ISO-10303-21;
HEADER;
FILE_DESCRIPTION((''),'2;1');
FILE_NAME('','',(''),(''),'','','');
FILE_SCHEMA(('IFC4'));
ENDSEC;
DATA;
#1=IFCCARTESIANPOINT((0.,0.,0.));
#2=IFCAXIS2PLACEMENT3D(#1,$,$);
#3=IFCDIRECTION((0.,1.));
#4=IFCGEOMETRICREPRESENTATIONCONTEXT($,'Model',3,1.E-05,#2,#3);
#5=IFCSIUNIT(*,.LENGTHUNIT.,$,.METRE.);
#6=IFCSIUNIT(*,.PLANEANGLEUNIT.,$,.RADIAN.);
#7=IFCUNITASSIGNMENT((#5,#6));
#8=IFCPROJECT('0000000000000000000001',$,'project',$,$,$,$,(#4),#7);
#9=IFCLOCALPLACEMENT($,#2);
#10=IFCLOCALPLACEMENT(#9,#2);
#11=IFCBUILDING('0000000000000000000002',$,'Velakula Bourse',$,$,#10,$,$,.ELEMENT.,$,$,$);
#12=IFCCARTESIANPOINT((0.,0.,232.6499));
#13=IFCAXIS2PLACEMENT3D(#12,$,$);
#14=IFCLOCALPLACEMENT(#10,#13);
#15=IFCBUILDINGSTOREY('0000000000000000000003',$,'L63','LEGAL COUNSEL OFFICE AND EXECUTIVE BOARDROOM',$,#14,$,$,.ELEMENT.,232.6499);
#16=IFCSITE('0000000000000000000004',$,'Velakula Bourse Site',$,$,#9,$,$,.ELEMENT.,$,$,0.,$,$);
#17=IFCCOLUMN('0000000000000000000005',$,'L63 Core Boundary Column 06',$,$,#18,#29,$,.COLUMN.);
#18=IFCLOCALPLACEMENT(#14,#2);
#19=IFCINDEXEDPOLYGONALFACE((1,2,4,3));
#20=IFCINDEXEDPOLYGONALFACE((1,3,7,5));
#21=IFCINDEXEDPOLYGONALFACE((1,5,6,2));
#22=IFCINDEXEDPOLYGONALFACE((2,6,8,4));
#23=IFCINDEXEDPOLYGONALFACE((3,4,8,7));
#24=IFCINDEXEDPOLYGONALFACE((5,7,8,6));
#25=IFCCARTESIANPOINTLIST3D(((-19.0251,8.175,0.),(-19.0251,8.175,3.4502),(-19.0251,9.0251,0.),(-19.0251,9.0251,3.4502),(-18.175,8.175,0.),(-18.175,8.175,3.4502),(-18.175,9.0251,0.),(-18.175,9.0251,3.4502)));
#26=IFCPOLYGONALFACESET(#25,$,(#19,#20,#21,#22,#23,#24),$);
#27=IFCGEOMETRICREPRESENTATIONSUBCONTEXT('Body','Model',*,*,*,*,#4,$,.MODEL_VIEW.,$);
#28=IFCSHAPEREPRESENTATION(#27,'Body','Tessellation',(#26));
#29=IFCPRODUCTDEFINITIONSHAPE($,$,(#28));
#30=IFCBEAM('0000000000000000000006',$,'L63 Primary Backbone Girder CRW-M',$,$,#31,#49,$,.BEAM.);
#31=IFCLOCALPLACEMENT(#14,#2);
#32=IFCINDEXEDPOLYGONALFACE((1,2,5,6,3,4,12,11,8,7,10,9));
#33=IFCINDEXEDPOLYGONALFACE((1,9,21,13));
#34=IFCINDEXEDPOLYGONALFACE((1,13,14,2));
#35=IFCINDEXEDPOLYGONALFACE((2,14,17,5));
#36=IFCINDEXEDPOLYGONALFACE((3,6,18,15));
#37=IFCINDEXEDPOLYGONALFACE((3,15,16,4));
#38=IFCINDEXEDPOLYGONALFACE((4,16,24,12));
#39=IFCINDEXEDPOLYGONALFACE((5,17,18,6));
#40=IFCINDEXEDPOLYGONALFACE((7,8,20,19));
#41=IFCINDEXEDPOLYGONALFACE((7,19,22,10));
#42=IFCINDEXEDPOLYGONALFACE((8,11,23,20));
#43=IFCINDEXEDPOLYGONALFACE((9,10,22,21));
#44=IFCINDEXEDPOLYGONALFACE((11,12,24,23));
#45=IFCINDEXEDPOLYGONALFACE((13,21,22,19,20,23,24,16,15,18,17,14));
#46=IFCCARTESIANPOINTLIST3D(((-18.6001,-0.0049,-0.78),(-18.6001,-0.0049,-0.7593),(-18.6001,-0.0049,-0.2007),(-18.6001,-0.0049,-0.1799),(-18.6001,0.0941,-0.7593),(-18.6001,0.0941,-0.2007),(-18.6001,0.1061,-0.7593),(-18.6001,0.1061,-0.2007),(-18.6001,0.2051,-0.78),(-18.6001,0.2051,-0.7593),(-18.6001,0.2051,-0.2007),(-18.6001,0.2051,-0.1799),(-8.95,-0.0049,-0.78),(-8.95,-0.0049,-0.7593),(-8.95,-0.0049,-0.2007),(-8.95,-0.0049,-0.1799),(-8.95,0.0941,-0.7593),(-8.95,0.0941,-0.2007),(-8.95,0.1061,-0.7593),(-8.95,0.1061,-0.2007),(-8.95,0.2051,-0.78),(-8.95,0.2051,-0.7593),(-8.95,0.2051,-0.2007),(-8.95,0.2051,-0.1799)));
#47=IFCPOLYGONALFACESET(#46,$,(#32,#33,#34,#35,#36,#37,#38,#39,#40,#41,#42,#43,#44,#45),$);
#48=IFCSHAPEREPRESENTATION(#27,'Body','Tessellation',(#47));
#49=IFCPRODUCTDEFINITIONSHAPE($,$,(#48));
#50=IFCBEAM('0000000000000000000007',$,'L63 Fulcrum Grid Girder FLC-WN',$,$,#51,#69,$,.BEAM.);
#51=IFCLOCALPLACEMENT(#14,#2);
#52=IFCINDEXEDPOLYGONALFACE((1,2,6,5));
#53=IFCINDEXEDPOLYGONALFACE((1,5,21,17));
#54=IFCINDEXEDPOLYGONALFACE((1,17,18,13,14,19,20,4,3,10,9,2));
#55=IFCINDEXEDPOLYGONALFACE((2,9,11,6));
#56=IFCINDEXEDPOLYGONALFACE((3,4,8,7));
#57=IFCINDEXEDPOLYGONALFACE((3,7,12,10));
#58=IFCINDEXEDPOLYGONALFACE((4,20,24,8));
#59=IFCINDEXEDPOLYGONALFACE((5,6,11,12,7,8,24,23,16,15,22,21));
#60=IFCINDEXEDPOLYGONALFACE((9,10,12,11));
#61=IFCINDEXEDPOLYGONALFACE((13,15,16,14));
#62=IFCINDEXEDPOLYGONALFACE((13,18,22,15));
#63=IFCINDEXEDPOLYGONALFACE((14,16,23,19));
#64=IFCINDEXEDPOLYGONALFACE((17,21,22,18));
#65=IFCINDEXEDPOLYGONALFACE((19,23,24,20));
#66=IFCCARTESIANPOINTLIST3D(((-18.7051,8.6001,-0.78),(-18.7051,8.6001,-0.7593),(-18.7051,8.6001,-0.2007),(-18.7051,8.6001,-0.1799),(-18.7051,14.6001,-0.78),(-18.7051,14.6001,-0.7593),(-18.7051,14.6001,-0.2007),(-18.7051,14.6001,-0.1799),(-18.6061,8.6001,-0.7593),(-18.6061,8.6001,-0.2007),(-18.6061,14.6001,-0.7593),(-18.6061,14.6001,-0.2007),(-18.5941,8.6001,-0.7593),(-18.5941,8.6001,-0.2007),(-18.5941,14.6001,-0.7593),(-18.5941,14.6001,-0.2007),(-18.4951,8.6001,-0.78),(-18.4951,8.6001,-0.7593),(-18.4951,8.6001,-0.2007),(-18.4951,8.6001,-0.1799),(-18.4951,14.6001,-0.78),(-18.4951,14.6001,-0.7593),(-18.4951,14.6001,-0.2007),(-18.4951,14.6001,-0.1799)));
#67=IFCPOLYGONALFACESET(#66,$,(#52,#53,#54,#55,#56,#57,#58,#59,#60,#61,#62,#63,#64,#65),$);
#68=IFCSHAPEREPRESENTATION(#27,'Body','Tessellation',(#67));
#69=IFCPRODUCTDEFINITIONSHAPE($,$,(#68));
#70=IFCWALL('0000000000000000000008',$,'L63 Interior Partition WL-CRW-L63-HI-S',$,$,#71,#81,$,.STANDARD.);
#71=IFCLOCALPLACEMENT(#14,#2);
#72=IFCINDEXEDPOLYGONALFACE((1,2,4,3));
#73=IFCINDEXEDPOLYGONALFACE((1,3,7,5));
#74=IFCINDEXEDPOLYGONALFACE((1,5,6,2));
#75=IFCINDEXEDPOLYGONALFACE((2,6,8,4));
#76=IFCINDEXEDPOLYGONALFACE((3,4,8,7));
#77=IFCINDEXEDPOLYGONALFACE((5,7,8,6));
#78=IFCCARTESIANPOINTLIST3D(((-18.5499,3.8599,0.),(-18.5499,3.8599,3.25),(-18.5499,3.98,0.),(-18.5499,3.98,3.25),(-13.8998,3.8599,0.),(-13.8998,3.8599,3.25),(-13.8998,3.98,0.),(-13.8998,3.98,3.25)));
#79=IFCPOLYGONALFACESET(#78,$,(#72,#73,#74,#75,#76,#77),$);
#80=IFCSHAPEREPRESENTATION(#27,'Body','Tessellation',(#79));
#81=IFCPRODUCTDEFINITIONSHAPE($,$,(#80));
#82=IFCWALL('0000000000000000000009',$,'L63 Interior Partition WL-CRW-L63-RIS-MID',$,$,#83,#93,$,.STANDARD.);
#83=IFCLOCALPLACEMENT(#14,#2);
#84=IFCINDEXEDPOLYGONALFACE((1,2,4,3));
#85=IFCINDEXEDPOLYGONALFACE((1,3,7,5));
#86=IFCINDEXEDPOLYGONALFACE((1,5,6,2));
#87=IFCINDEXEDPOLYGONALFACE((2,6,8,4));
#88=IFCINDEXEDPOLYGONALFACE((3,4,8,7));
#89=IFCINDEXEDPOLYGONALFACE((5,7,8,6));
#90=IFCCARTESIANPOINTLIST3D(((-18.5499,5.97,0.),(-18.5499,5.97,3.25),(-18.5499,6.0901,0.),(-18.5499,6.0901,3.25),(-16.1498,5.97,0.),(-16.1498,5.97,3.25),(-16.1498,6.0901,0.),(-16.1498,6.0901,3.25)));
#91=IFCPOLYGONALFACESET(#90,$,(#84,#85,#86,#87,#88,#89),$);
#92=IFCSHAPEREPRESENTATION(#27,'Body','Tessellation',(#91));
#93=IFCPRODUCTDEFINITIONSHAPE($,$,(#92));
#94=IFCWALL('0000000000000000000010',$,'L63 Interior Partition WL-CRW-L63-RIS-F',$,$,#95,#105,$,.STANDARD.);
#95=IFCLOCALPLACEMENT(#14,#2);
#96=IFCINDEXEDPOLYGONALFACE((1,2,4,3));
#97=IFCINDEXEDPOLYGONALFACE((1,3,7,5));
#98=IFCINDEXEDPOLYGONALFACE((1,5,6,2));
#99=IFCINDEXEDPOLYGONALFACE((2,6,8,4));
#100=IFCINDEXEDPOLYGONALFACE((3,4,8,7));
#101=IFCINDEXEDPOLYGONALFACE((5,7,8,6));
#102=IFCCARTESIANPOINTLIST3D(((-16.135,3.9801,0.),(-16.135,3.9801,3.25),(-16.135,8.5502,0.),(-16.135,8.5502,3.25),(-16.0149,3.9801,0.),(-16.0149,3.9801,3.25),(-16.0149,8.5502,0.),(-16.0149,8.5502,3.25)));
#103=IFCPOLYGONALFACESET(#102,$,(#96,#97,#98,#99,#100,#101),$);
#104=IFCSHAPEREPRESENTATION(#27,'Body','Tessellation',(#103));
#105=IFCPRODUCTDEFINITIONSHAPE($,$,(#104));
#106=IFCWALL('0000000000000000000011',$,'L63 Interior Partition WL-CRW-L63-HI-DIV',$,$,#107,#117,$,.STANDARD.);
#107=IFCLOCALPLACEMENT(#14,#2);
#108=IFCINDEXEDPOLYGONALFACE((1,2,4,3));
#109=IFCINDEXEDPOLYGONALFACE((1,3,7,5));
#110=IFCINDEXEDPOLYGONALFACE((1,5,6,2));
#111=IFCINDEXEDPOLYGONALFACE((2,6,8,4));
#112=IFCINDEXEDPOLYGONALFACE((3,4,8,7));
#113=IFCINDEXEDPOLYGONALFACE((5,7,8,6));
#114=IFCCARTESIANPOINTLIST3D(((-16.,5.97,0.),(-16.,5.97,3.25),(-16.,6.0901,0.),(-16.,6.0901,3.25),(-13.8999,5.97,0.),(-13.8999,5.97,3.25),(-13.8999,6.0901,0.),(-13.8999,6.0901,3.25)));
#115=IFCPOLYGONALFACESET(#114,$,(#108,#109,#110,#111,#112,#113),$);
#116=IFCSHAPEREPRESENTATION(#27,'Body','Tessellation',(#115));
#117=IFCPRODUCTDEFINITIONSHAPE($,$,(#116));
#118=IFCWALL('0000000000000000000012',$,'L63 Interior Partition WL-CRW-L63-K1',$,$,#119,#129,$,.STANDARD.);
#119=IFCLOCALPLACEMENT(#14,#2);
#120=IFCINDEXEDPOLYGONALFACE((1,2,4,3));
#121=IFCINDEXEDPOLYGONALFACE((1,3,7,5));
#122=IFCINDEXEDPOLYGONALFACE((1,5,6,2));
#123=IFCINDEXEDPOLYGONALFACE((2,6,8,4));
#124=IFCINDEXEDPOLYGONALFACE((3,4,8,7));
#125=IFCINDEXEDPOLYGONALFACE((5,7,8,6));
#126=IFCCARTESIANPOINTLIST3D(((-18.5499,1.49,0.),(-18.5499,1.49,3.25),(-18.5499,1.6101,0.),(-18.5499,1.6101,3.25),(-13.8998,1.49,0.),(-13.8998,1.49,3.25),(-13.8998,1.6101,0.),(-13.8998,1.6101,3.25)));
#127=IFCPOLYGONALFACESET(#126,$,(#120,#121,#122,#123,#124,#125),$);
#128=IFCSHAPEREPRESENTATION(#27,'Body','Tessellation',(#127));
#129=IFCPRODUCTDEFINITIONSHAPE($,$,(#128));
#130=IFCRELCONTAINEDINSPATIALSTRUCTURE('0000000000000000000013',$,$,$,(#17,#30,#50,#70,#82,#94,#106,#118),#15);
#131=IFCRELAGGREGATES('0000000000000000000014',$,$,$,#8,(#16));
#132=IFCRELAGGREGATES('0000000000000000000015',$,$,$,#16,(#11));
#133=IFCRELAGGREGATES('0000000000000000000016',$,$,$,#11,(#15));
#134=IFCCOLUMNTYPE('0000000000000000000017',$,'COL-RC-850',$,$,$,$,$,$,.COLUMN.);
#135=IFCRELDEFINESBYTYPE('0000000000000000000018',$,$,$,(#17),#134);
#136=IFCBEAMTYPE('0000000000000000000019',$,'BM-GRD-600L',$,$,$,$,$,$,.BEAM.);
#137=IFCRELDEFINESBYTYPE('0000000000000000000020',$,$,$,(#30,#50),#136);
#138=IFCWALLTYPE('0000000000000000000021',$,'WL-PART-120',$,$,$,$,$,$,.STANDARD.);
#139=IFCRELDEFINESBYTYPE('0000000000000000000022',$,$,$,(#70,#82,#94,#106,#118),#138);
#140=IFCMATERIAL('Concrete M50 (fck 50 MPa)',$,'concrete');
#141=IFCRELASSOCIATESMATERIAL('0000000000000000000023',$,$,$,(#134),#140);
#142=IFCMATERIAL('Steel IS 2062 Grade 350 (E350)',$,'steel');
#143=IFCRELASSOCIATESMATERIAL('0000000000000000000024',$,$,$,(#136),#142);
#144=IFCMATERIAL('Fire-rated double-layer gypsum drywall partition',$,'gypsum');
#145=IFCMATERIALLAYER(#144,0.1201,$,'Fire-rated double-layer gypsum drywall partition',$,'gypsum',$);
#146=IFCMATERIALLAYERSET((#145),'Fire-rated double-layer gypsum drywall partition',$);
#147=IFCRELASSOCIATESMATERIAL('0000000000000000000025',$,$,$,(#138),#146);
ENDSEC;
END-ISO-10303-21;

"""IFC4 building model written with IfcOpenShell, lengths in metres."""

from ifc_helpers import new_model, si_unit, direction, frame, frame_2d, origin, origin_2d, place, context, subcontext, project, spatial, rectangle, i_section, extrude, material, layer, layer_set, material_profile, profile_set, type_object, element, save


model = new_model("IFC4")

# Units and contexts
model_context = context("Model", 3, precision=1e-05, world=origin(), true_north=direction((0.0, 1.0)))
body_context = subcontext(model_context, "Body", "Model", "MODEL_VIEW")
ifc_project = project(units=[si_unit("LENGTHUNIT", "METRE"), si_unit("PLANEANGLEUNIT", "RADIAN")], contexts=[model_context])

# Site, building, storey
site_placement = place(None, origin())
site = spatial("IfcSite", under=ifc_project, at=site_placement, Name="Velakula Bourse Site", CompositionType="ELEMENT", RefElevation=0.0)
building_placement = place(site_placement, origin())
building = spatial("IfcBuilding", under=site, at=building_placement, Name="Velakula Bourse", CompositionType="ELEMENT")
storey_placement = place(building_placement, frame((0.0, 0.0, 232.6499)))
storey = spatial("IfcBuildingStorey", under=building, at=storey_placement, Name="L63", Description="LEGAL COUNSEL OFFICE AND EXECUTIVE BOARDROOM", CompositionType="ELEMENT", Elevation=232.6499)

# Column
ifc_material_1 = material(Name="Concrete M50 (fck 50 MPa)", Category="concrete")
ifc_material_profile_1 = material_profile(ifc_material_1, rectangle(XDim=0.8501, YDim=0.8501, at=origin_2d()), Name="Concrete M50 (fck 50 MPa)")
ifc_profile_set_1 = profile_set([ifc_material_profile_1], Name="Concrete M50 (fck 50 MPa)")
column_type = type_object("IfcColumnType", Name="COL-RC-850", PredefinedType="COLUMN", material=ifc_profile_set_1)
column_placement = place(storey_placement, frame((-18.6001, 8.6001, 0.0), z_axis=(0.0, 0.0, 1.0), x_axis=(1.0, 0.0, 0.0)))
element("IfcColumn", 1, at=column_placement, inside=storey, type_object=column_type, Name="L63 Core Boundary Column 06", PredefinedType="COLUMN", context=body_context, shape_type="SweptSolid", body=[
    extrude(rectangle(XDim=0.8501, YDim=0.8501, at=origin_2d()), origin(), (0.0, 0.0, 1.0), 3.4502),
])

# Beams
ifc_material_2 = material(Name="Steel IS 2062 Grade 350 (E350)", Category="steel")
ifc_material_profile_2 = material_profile(ifc_material_2, i_section(OverallWidth=0.21, OverallDepth=0.6001, WebThickness=0.012, FlangeThickness=0.0208, at=origin_2d()), Name="Steel IS 2062 Grade 350 (E350)")
ifc_profile_set_2 = profile_set([ifc_material_profile_2], Name="Steel IS 2062 Grade 350 (E350)")
beam_type = type_object("IfcBeamType", Name="BM-GRD-600L", PredefinedType="BEAM", material=ifc_profile_set_2)
beam_1_placement = place(storey_placement, frame((-18.6001, 0.1001, -0.48), z_axis=(1.0, 0.0, 0.0), x_axis=(0.0, 1.0, 0.0)))
element("IfcBeam", 2, at=beam_1_placement, inside=storey, type_object=beam_type, Name="L63 Primary Backbone Girder CRW-M", PredefinedType="BEAM", context=body_context, shape_type="SweptSolid", body=[
    extrude(i_section(OverallWidth=0.21, OverallDepth=0.6001, WebThickness=0.012, FlangeThickness=0.0208, at=origin_2d()), origin(), (0.0, 0.0, 1.0), 9.6501),
])
beam_2_placement = place(storey_placement, frame((-18.6001, 8.6001, -0.48), z_axis=(0.0, 1.0, 0.0), x_axis=(-1.0, 0.0, 0.0)))
element("IfcBeam", 3, at=beam_2_placement, inside=storey, type_object=beam_type, Name="L63 Fulcrum Grid Girder FLC-WN", PredefinedType="BEAM", context=body_context, shape_type="SweptSolid", body=[
    extrude(i_section(OverallWidth=0.21, OverallDepth=0.6001, WebThickness=0.012, FlangeThickness=0.0208, at=origin_2d()), origin(), (0.0, 0.0, 1.0), 6.0),
])

# Walls
ifc_material_3 = material(Name="Fire-rated double-layer gypsum drywall partition", Category="gypsum")
ifc_layer_1 = layer(ifc_material_3, 0.1201, Name="Fire-rated double-layer gypsum drywall partition", Category="gypsum")
ifc_layer_set_1 = layer_set([ifc_layer_1], Name="Fire-rated double-layer gypsum drywall partition")
wall_type_1 = type_object("IfcWallType", Name="WL-PART-120", PredefinedType="STANDARD", material=ifc_layer_set_1)
wall_1_placement = place(storey_placement, frame((-18.55, 3.9199, 0.0), z_axis=(0.0, 0.0, 1.0), x_axis=(1.0, 0.0, 0.0)))
element("IfcWall", 4, at=wall_1_placement, inside=storey, type_object=wall_type_1, Name="L63 Interior Partition WL-CRW-L63-HI-S", PredefinedType="STANDARD", context=body_context, shape_type="SweptSolid", body=[
    extrude(rectangle(XDim=4.6501, YDim=0.1201, at=frame_2d((2.3252, 0.0))), origin(), (0.0, 0.0, 1.0), 3.25),
])
wall_2_placement = place(storey_placement, frame((-18.55, 6.03, 0.0), z_axis=(0.0, 0.0, 1.0), x_axis=(1.0, 0.0, 0.0)))
element("IfcWall", 5, at=wall_2_placement, inside=storey, type_object=wall_type_1, Name="L63 Interior Partition WL-CRW-L63-RIS-MID", PredefinedType="STANDARD", context=body_context, shape_type="SweptSolid", body=[
    extrude(rectangle(XDim=2.4001, YDim=0.1201, at=frame_2d((1.2002, 0.0))), origin(), (0.0, 0.0, 1.0), 3.25),
])
wall_3_placement = place(storey_placement, frame((-16.075, 3.98, 0.0), z_axis=(0.0, 0.0, 1.0), x_axis=(0.0, 1.0, 0.0)))
element("IfcWall", 6, at=wall_3_placement, inside=storey, type_object=wall_type_1, Name="L63 Interior Partition WL-CRW-L63-RIS-F", PredefinedType="STANDARD", context=body_context, shape_type="SweptSolid", body=[
    extrude(rectangle(XDim=4.5701, YDim=0.1201, at=frame_2d((2.2852, 0.0))), origin(), (0.0, 0.0, 1.0), 3.25),
])
wall_4_placement = place(storey_placement, frame((-16.0, 6.03, 0.0), z_axis=(0.0, 0.0, 1.0), x_axis=(1.0, 0.0, 0.0)))
element("IfcWall", 7, at=wall_4_placement, inside=storey, type_object=wall_type_1, Name="L63 Interior Partition WL-CRW-L63-HI-DIV", PredefinedType="STANDARD", context=body_context, shape_type="SweptSolid", body=[
    extrude(rectangle(XDim=2.1001, YDim=0.1201, at=frame_2d((1.05, 0.0))), origin(), (0.0, 0.0, 1.0), 3.25),
])
wall_5_placement = place(storey_placement, frame((-18.55, 1.55, 0.0), z_axis=(0.0, 0.0, 1.0), x_axis=(1.0, 0.0, 0.0)))
element("IfcWall", 8, at=wall_5_placement, inside=storey, type_object=wall_type_1, Name="L63 Interior Partition WL-CRW-L63-K1", PredefinedType="STANDARD", context=body_context, shape_type="SweptSolid", body=[
    extrude(rectangle(XDim=4.6501, YDim=0.1201, at=frame_2d((2.3252, 0.0))), origin(), (0.0, 0.0, 1.0), 3.25),
])

save(model, "model.ifc")
